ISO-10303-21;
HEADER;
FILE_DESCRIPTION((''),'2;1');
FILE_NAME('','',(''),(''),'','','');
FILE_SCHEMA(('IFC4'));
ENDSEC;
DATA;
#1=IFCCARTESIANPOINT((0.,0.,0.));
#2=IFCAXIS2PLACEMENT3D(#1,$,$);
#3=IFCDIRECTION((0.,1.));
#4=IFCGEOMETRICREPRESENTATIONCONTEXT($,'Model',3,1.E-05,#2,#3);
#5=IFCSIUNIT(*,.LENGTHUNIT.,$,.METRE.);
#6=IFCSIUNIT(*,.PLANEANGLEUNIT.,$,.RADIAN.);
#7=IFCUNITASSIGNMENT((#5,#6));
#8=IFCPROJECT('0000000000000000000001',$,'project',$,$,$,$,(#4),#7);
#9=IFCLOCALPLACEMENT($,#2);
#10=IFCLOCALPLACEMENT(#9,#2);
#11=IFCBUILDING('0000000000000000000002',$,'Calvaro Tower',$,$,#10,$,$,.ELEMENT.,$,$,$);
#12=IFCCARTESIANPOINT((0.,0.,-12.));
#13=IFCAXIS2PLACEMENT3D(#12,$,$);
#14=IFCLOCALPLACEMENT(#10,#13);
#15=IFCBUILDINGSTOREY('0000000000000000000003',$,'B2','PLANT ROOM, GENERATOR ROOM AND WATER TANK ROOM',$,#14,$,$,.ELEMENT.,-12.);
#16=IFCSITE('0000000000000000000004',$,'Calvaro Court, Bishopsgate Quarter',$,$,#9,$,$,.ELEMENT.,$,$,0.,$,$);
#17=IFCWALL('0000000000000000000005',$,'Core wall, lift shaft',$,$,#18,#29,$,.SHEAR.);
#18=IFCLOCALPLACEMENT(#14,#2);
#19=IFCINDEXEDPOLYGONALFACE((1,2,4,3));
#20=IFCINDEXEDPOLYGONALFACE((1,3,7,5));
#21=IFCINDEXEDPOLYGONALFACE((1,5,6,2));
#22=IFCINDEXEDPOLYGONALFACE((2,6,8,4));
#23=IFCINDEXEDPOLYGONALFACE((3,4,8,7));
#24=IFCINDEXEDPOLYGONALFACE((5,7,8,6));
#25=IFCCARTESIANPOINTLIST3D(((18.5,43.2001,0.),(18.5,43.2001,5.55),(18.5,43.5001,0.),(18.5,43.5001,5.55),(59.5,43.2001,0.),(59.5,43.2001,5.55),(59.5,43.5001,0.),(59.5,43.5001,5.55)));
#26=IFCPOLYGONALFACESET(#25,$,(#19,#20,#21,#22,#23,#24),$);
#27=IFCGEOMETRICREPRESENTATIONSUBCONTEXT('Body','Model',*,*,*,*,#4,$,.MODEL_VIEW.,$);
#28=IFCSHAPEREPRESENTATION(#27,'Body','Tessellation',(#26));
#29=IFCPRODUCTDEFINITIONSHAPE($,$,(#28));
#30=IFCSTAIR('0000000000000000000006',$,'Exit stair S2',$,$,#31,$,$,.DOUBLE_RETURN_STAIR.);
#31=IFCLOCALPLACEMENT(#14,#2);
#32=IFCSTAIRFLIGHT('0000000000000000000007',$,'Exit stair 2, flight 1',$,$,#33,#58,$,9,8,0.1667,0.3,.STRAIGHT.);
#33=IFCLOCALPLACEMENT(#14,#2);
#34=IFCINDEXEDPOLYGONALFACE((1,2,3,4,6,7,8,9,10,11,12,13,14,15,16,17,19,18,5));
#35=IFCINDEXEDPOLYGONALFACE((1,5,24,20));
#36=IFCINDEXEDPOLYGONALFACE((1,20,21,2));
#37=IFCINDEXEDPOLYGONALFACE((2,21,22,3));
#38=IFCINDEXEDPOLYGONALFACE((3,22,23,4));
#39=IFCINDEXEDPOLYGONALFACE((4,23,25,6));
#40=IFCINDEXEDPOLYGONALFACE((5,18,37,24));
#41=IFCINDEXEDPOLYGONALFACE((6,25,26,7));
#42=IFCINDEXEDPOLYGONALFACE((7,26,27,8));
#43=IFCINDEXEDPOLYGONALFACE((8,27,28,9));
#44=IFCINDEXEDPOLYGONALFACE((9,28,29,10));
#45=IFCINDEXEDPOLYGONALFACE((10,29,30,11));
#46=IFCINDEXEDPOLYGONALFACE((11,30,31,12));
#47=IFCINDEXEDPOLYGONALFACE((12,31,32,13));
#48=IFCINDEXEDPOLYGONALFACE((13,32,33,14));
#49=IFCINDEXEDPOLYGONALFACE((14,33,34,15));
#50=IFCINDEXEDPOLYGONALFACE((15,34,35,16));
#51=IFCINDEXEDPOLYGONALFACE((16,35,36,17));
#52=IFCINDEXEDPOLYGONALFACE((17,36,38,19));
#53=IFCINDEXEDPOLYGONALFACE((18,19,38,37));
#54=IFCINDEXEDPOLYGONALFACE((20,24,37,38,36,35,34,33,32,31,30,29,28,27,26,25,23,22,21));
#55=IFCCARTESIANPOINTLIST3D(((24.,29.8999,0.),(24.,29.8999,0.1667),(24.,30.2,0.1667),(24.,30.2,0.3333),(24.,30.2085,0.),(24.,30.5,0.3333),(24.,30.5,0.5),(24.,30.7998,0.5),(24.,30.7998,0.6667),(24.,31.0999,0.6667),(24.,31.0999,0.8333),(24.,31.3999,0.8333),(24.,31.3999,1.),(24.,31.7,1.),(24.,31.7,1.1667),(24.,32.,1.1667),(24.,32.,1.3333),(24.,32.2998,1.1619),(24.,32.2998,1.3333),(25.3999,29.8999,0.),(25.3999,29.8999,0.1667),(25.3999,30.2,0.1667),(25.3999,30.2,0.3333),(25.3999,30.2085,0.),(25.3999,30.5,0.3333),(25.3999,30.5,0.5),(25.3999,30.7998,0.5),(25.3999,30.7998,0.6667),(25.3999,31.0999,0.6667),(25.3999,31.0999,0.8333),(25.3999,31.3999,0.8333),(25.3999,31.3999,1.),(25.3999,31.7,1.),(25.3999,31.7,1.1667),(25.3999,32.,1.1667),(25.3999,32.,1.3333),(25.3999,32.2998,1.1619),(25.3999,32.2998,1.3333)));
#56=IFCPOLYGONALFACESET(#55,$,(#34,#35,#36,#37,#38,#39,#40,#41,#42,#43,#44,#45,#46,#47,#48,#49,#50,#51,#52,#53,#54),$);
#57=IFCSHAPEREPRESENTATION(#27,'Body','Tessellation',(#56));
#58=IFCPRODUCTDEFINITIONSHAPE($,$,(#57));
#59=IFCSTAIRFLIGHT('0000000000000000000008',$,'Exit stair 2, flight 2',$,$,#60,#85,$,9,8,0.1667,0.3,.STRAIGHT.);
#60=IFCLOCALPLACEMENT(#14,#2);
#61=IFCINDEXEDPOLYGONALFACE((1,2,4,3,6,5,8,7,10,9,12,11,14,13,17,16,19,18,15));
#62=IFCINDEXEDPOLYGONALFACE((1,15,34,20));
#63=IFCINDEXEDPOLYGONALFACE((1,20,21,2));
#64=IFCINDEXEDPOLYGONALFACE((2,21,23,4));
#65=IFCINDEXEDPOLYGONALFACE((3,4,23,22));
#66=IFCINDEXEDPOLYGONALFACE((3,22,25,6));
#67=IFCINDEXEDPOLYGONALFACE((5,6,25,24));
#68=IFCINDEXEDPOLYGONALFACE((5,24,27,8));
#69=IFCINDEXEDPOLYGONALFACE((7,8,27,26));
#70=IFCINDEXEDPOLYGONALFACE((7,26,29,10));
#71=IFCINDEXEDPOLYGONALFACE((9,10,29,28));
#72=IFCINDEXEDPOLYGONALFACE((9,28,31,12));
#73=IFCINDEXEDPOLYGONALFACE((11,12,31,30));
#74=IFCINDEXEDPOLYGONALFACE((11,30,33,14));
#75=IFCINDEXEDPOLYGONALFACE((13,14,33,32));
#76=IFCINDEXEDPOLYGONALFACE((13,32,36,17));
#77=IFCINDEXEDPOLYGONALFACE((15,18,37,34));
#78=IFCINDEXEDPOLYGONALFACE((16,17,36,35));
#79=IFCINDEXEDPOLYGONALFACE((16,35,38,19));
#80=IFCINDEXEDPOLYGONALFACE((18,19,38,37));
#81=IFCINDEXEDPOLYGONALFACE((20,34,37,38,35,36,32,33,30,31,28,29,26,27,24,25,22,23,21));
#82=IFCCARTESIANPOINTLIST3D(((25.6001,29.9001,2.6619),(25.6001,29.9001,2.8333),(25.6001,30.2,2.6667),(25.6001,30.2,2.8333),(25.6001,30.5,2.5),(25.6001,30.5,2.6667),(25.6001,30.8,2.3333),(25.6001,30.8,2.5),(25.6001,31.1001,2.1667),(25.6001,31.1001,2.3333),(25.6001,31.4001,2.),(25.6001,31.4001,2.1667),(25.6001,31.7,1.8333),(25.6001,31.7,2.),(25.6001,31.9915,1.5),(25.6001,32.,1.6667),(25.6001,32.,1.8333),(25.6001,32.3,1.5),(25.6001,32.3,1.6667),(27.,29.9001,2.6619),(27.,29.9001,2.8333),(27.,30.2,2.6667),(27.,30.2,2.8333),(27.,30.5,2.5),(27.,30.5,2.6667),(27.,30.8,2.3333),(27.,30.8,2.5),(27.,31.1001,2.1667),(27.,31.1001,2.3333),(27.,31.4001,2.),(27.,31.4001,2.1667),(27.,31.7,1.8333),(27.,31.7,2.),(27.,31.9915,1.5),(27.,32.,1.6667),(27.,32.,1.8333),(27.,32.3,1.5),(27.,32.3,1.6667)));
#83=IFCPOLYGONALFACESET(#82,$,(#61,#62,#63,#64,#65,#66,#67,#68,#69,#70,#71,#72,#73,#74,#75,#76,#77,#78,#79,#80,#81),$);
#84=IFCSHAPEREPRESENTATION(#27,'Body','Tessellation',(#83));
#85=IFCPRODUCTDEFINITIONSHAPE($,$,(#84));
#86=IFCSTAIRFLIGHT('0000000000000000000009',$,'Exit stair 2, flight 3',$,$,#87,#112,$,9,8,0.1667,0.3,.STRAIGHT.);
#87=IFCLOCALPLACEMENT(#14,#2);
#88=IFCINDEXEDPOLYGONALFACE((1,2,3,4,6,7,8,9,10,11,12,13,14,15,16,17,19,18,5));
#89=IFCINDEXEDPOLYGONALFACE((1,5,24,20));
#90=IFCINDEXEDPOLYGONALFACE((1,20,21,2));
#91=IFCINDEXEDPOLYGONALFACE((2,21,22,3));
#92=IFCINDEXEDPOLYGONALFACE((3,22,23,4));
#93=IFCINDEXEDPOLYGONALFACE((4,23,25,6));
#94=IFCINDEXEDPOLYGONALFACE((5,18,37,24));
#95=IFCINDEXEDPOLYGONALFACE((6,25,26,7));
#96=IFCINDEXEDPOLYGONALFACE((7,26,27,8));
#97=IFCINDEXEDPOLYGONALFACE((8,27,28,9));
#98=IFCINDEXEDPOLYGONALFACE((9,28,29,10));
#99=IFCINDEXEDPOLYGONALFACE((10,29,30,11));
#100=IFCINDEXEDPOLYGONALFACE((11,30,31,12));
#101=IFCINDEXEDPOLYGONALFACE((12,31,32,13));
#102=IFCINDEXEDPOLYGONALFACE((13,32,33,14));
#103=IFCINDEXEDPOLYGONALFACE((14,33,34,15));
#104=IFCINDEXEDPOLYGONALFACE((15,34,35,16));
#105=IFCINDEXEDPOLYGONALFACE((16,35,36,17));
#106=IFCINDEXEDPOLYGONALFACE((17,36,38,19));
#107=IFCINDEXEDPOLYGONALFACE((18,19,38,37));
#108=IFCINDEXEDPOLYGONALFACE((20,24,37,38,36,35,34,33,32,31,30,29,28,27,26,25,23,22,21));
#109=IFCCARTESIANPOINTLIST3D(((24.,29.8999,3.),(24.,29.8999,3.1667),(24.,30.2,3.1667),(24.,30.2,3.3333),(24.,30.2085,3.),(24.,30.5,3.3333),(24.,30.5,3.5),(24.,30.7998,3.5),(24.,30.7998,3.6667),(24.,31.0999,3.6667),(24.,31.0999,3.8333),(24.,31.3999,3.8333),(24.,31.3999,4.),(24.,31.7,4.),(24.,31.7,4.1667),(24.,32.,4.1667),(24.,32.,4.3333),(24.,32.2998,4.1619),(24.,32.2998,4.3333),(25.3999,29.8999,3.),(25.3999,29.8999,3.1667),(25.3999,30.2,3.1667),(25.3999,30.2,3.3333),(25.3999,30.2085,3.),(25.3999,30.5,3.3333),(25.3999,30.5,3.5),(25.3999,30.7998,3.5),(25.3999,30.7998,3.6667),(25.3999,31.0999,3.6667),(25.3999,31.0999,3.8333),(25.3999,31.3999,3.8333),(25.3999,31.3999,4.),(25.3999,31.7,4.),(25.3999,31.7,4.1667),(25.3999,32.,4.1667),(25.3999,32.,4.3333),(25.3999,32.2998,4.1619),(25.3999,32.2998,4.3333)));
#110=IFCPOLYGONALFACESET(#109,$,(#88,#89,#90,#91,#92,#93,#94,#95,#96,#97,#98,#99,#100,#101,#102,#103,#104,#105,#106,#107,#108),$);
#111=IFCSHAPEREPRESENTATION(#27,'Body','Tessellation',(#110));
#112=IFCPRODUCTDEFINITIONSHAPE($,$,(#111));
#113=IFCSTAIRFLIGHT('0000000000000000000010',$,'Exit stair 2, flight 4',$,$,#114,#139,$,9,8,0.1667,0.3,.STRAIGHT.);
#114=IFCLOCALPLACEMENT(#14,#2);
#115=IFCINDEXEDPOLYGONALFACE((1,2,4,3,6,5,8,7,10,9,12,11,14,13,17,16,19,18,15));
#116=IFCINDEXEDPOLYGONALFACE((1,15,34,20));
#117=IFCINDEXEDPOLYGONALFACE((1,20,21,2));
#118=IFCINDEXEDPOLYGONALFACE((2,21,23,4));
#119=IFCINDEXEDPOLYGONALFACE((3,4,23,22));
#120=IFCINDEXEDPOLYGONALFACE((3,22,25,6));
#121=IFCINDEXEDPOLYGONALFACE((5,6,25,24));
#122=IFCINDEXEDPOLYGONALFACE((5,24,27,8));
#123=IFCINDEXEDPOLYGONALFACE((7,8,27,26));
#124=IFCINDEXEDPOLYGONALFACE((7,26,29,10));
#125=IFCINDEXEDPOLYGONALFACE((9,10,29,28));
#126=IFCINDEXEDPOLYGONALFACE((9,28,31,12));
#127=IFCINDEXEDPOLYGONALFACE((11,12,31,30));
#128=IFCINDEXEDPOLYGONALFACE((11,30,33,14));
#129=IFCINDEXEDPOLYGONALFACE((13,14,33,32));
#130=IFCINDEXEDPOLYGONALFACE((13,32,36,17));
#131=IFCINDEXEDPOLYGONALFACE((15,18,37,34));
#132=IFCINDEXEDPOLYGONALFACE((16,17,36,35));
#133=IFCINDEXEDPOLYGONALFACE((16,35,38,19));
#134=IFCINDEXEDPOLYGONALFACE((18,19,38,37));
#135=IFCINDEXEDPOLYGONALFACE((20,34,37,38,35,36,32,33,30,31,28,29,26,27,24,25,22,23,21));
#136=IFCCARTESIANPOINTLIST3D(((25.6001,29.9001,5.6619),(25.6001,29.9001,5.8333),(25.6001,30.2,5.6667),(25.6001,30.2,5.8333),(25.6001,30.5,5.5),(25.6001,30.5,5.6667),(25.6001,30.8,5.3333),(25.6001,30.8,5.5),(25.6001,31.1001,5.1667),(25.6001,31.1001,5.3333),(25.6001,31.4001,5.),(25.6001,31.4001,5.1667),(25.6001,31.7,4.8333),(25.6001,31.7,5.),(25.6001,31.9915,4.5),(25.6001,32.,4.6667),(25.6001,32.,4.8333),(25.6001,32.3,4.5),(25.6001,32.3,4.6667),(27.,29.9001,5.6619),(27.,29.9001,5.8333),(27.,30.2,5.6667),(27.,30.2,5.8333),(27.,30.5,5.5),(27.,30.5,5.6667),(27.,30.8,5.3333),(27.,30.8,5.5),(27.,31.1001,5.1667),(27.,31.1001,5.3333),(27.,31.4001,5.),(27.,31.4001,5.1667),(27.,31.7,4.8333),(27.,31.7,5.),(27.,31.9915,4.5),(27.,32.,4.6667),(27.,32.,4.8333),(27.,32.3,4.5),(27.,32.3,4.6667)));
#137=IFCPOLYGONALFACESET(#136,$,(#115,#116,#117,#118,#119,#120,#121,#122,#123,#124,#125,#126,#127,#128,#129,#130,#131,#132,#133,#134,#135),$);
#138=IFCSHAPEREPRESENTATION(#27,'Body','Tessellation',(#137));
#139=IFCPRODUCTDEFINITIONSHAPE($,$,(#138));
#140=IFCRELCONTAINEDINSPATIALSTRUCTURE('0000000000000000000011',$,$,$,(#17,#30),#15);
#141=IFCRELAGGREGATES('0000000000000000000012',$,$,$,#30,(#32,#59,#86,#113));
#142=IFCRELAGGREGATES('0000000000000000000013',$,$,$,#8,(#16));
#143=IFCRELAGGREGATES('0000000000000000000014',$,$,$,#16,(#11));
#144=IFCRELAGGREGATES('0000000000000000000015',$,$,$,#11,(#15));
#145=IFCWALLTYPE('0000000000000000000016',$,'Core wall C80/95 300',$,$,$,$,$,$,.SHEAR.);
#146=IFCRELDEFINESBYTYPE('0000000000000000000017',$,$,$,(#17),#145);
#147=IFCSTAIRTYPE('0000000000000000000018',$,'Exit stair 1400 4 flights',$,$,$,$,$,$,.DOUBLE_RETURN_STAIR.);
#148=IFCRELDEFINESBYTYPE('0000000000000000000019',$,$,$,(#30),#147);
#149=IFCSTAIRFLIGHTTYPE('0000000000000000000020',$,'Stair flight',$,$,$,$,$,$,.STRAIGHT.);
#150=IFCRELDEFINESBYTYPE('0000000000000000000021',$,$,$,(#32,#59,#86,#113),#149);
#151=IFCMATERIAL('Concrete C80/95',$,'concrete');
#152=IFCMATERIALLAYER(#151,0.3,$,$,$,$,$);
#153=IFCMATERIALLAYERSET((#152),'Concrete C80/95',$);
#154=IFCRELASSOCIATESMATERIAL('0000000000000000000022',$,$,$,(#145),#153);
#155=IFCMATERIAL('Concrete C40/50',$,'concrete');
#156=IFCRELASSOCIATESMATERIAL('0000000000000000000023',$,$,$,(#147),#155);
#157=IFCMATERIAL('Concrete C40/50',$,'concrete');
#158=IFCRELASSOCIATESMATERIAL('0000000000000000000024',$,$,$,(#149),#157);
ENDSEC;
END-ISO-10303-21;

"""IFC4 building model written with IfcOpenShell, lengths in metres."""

from ifc_helpers import new_model, si_unit, direction, frame, frame_2d, origin, place, context, subcontext, project, spatial, polyline, rectangle, outline, extrude, material, layer, layer_set, type_object, element, aggregate, save


model = new_model("IFC4")

# Units and contexts
model_context = context("Model", 3, precision=1e-05, world=origin(), true_north=direction((0.0, 1.0)))
body_context = subcontext(model_context, "Body", "Model", "MODEL_VIEW")
ifc_project = project(units=[si_unit("LENGTHUNIT", "METRE"), si_unit("PLANEANGLEUNIT", "RADIAN")], contexts=[model_context])

# Site, building, storey
site_placement = place(None, origin())
site = spatial("IfcSite", under=ifc_project, at=site_placement, Name="Calvaro Court, Bishopsgate Quarter", CompositionType="ELEMENT", RefElevation=0.0)
building_placement = place(site_placement, origin())
building = spatial("IfcBuilding", under=site, at=building_placement, Name="Calvaro Tower", CompositionType="ELEMENT")
storey_placement = place(building_placement, frame((0.0, 0.0, -12.0)))
storey = spatial("IfcBuildingStorey", under=building, at=storey_placement, Name="B2", Description="PLANT ROOM, GENERATOR ROOM AND WATER TANK ROOM", CompositionType="ELEMENT", Elevation=-12.0)

# Shared definitions
ifc_material_1 = material(Name="Concrete C80/95", Category="concrete")
ifc_layer_1 = layer(ifc_material_1, 0.3)
ifc_layer_set_1 = layer_set([ifc_layer_1], Name="Concrete C80/95")
wall_type_1 = type_object("IfcWallType", Name="Core wall C80/95 300", PredefinedType="SHEAR", material=ifc_layer_set_1)

# Wall
wall_1_placement = place(storey_placement, frame((18.5, 43.3501, 0.0), z_axis=(0.0, 0.0, 1.0), x_axis=(1.0, 0.0, 0.0)))
element("IfcWall", 1, at=wall_1_placement, inside=storey, type_object=wall_type_1, Name="Core wall, lift shaft", PredefinedType="SHEAR", context=body_context, shape_type="SweptSolid", body=[
    extrude(rectangle(XDim=41.0, YDim=0.3, at=frame_2d((20.5, 0.0))), origin(), (0.0, 0.0, 1.0), 5.55),
])

# Stair, stair flights
ifc_material_2 = material(Name="Concrete C40/50", Category="concrete")
stair_type = type_object("IfcStairType", Name="Exit stair 1400 4 flights", PredefinedType="DOUBLE_RETURN_STAIR", material=ifc_material_2)
stair_placement = place(storey_placement, origin())
stair = element("IfcStair", 2, at=stair_placement, inside=storey, type_object=stair_type, Name="Exit stair S2", PredefinedType="DOUBLE_RETURN_STAIR")
ifc_material_3 = material(Name="Concrete C40/50", Category="concrete")
stair_flight_type = type_object("IfcStairFlightType", Name="Stair flight", PredefinedType="STRAIGHT", material=ifc_material_3)
stair_flight_1_placement = place(storey_placement, frame((24.7, 29.8999, 0.0), z_axis=(0.0, 0.0, 1.0), x_axis=(0.0, 1.0, 0.0)))
stair_flight_1 = element("IfcStairFlight", 3, at=stair_flight_1_placement, type_object=stair_flight_type, Name="Exit stair 2, flight 1", NumberOfRisers=9, NumberOfTreads=8, PredefinedType="STRAIGHT", RiserHeight=0.1667, TreadLength=0.3, context=body_context, shape_type="SweptSolid", body=[
    extrude(outline(polyline([(0.0, 0.0), (0.0, 0.1667), (0.3, 0.1667), (0.3, 0.3333), (0.6001, 0.3333), (0.6001, 0.5), (0.8999, 0.5), (0.8999, 0.6667), (1.2, 0.6667), (1.2, 0.8333), (1.5, 0.8333), (1.5, 1.0), (1.8, 1.0), (1.8, 1.1667), (2.1001, 1.1667), (2.1001, 1.3333), (2.3999, 1.3333), (2.3999, 1.5), (2.3999, 1.1619), (0.3086, 0.0), (0.0, 0.0)])), frame((0.0, 0.7, 0.0), z_axis=(0.0, -1.0, 0.0), x_axis=(1.0, 0.0, 0.0)), (0.0, 0.0, 1.0), 1.3999),
])
stair_flight_2_placement = place(storey_placement, frame((26.3, 32.3, 1.5), z_axis=(0.0, 0.0, 1.0), x_axis=(0.0, -1.0, 0.0)))
stair_flight_2 = element("IfcStairFlight", 4, at=stair_flight_2_placement, type_object=stair_flight_type, Name="Exit stair 2, flight 2", NumberOfRisers=9, NumberOfTreads=8, PredefinedType="STRAIGHT", RiserHeight=0.1667, TreadLength=0.3, context=body_context, shape_type="SweptSolid", body=[
    extrude(outline(polyline([(0.0, 0.0), (0.0, 0.1667), (0.3, 0.1667), (0.3, 0.3333), (0.6001, 0.3333), (0.6001, 0.5), (0.8999, 0.5), (0.8999, 0.6667), (1.2, 0.6667), (1.2, 0.8333), (1.5, 0.8333), (1.5, 1.0), (1.8, 1.0), (1.8, 1.1667), (2.1001, 1.1667), (2.1001, 1.3333), (2.3999, 1.3333), (2.3999, 1.5), (2.3999, 1.1619), (0.3086, 0.0), (0.0, 0.0)])), frame((0.0, 0.7, 0.0), z_axis=(0.0, -1.0, 0.0), x_axis=(1.0, 0.0, 0.0)), (0.0, 0.0, 1.0), 1.3999),
])
stair_flight_3_placement = place(storey_placement, frame((24.7, 29.8999, 3.0), z_axis=(0.0, 0.0, 1.0), x_axis=(0.0, 1.0, 0.0)))
stair_flight_3 = element("IfcStairFlight", 5, at=stair_flight_3_placement, type_object=stair_flight_type, Name="Exit stair 2, flight 3", NumberOfRisers=9, NumberOfTreads=8, PredefinedType="STRAIGHT", RiserHeight=0.1667, TreadLength=0.3, context=body_context, shape_type="SweptSolid", body=[
    extrude(outline(polyline([(0.0, 0.0), (0.0, 0.1667), (0.3, 0.1667), (0.3, 0.3333), (0.6001, 0.3333), (0.6001, 0.5), (0.8999, 0.5), (0.8999, 0.6667), (1.2, 0.6667), (1.2, 0.8333), (1.5, 0.8333), (1.5, 1.0), (1.8, 1.0), (1.8, 1.1667), (2.1001, 1.1667), (2.1001, 1.3333), (2.3999, 1.3333), (2.3999, 1.5), (2.3999, 1.1619), (0.3086, 0.0), (0.0, 0.0)])), frame((0.0, 0.7, 0.0), z_axis=(0.0, -1.0, 0.0), x_axis=(1.0, 0.0, 0.0)), (0.0, 0.0, 1.0), 1.3999),
])
stair_flight_4_placement = place(storey_placement, frame((26.3, 32.3, 4.5), z_axis=(0.0, 0.0, 1.0), x_axis=(0.0, -1.0, 0.0)))
stair_flight_4 = element("IfcStairFlight", 6, at=stair_flight_4_placement, type_object=stair_flight_type, Name="Exit stair 2, flight 4", NumberOfRisers=9, NumberOfTreads=8, PredefinedType="STRAIGHT", RiserHeight=0.1667, TreadLength=0.3, context=body_context, shape_type="SweptSolid", body=[
    extrude(outline(polyline([(0.0, 0.0), (0.0, 0.1667), (0.3, 0.1667), (0.3, 0.3333), (0.6001, 0.3333), (0.6001, 0.5), (0.8999, 0.5), (0.8999, 0.6667), (1.2, 0.6667), (1.2, 0.8333), (1.5, 0.8333), (1.5, 1.0), (1.8, 1.0), (1.8, 1.1667), (2.1001, 1.1667), (2.1001, 1.3333), (2.3999, 1.3333), (2.3999, 1.5), (2.3999, 1.1619), (0.3086, 0.0), (0.0, 0.0)])), frame((0.0, 0.7, 0.0), z_axis=(0.0, -1.0, 0.0), x_axis=(1.0, 0.0, 0.0)), (0.0, 0.0, 1.0), 1.3999),
])
aggregate(stair, [stair_flight_1, stair_flight_2, stair_flight_3, stair_flight_4])

save(model, "model.ifc")
